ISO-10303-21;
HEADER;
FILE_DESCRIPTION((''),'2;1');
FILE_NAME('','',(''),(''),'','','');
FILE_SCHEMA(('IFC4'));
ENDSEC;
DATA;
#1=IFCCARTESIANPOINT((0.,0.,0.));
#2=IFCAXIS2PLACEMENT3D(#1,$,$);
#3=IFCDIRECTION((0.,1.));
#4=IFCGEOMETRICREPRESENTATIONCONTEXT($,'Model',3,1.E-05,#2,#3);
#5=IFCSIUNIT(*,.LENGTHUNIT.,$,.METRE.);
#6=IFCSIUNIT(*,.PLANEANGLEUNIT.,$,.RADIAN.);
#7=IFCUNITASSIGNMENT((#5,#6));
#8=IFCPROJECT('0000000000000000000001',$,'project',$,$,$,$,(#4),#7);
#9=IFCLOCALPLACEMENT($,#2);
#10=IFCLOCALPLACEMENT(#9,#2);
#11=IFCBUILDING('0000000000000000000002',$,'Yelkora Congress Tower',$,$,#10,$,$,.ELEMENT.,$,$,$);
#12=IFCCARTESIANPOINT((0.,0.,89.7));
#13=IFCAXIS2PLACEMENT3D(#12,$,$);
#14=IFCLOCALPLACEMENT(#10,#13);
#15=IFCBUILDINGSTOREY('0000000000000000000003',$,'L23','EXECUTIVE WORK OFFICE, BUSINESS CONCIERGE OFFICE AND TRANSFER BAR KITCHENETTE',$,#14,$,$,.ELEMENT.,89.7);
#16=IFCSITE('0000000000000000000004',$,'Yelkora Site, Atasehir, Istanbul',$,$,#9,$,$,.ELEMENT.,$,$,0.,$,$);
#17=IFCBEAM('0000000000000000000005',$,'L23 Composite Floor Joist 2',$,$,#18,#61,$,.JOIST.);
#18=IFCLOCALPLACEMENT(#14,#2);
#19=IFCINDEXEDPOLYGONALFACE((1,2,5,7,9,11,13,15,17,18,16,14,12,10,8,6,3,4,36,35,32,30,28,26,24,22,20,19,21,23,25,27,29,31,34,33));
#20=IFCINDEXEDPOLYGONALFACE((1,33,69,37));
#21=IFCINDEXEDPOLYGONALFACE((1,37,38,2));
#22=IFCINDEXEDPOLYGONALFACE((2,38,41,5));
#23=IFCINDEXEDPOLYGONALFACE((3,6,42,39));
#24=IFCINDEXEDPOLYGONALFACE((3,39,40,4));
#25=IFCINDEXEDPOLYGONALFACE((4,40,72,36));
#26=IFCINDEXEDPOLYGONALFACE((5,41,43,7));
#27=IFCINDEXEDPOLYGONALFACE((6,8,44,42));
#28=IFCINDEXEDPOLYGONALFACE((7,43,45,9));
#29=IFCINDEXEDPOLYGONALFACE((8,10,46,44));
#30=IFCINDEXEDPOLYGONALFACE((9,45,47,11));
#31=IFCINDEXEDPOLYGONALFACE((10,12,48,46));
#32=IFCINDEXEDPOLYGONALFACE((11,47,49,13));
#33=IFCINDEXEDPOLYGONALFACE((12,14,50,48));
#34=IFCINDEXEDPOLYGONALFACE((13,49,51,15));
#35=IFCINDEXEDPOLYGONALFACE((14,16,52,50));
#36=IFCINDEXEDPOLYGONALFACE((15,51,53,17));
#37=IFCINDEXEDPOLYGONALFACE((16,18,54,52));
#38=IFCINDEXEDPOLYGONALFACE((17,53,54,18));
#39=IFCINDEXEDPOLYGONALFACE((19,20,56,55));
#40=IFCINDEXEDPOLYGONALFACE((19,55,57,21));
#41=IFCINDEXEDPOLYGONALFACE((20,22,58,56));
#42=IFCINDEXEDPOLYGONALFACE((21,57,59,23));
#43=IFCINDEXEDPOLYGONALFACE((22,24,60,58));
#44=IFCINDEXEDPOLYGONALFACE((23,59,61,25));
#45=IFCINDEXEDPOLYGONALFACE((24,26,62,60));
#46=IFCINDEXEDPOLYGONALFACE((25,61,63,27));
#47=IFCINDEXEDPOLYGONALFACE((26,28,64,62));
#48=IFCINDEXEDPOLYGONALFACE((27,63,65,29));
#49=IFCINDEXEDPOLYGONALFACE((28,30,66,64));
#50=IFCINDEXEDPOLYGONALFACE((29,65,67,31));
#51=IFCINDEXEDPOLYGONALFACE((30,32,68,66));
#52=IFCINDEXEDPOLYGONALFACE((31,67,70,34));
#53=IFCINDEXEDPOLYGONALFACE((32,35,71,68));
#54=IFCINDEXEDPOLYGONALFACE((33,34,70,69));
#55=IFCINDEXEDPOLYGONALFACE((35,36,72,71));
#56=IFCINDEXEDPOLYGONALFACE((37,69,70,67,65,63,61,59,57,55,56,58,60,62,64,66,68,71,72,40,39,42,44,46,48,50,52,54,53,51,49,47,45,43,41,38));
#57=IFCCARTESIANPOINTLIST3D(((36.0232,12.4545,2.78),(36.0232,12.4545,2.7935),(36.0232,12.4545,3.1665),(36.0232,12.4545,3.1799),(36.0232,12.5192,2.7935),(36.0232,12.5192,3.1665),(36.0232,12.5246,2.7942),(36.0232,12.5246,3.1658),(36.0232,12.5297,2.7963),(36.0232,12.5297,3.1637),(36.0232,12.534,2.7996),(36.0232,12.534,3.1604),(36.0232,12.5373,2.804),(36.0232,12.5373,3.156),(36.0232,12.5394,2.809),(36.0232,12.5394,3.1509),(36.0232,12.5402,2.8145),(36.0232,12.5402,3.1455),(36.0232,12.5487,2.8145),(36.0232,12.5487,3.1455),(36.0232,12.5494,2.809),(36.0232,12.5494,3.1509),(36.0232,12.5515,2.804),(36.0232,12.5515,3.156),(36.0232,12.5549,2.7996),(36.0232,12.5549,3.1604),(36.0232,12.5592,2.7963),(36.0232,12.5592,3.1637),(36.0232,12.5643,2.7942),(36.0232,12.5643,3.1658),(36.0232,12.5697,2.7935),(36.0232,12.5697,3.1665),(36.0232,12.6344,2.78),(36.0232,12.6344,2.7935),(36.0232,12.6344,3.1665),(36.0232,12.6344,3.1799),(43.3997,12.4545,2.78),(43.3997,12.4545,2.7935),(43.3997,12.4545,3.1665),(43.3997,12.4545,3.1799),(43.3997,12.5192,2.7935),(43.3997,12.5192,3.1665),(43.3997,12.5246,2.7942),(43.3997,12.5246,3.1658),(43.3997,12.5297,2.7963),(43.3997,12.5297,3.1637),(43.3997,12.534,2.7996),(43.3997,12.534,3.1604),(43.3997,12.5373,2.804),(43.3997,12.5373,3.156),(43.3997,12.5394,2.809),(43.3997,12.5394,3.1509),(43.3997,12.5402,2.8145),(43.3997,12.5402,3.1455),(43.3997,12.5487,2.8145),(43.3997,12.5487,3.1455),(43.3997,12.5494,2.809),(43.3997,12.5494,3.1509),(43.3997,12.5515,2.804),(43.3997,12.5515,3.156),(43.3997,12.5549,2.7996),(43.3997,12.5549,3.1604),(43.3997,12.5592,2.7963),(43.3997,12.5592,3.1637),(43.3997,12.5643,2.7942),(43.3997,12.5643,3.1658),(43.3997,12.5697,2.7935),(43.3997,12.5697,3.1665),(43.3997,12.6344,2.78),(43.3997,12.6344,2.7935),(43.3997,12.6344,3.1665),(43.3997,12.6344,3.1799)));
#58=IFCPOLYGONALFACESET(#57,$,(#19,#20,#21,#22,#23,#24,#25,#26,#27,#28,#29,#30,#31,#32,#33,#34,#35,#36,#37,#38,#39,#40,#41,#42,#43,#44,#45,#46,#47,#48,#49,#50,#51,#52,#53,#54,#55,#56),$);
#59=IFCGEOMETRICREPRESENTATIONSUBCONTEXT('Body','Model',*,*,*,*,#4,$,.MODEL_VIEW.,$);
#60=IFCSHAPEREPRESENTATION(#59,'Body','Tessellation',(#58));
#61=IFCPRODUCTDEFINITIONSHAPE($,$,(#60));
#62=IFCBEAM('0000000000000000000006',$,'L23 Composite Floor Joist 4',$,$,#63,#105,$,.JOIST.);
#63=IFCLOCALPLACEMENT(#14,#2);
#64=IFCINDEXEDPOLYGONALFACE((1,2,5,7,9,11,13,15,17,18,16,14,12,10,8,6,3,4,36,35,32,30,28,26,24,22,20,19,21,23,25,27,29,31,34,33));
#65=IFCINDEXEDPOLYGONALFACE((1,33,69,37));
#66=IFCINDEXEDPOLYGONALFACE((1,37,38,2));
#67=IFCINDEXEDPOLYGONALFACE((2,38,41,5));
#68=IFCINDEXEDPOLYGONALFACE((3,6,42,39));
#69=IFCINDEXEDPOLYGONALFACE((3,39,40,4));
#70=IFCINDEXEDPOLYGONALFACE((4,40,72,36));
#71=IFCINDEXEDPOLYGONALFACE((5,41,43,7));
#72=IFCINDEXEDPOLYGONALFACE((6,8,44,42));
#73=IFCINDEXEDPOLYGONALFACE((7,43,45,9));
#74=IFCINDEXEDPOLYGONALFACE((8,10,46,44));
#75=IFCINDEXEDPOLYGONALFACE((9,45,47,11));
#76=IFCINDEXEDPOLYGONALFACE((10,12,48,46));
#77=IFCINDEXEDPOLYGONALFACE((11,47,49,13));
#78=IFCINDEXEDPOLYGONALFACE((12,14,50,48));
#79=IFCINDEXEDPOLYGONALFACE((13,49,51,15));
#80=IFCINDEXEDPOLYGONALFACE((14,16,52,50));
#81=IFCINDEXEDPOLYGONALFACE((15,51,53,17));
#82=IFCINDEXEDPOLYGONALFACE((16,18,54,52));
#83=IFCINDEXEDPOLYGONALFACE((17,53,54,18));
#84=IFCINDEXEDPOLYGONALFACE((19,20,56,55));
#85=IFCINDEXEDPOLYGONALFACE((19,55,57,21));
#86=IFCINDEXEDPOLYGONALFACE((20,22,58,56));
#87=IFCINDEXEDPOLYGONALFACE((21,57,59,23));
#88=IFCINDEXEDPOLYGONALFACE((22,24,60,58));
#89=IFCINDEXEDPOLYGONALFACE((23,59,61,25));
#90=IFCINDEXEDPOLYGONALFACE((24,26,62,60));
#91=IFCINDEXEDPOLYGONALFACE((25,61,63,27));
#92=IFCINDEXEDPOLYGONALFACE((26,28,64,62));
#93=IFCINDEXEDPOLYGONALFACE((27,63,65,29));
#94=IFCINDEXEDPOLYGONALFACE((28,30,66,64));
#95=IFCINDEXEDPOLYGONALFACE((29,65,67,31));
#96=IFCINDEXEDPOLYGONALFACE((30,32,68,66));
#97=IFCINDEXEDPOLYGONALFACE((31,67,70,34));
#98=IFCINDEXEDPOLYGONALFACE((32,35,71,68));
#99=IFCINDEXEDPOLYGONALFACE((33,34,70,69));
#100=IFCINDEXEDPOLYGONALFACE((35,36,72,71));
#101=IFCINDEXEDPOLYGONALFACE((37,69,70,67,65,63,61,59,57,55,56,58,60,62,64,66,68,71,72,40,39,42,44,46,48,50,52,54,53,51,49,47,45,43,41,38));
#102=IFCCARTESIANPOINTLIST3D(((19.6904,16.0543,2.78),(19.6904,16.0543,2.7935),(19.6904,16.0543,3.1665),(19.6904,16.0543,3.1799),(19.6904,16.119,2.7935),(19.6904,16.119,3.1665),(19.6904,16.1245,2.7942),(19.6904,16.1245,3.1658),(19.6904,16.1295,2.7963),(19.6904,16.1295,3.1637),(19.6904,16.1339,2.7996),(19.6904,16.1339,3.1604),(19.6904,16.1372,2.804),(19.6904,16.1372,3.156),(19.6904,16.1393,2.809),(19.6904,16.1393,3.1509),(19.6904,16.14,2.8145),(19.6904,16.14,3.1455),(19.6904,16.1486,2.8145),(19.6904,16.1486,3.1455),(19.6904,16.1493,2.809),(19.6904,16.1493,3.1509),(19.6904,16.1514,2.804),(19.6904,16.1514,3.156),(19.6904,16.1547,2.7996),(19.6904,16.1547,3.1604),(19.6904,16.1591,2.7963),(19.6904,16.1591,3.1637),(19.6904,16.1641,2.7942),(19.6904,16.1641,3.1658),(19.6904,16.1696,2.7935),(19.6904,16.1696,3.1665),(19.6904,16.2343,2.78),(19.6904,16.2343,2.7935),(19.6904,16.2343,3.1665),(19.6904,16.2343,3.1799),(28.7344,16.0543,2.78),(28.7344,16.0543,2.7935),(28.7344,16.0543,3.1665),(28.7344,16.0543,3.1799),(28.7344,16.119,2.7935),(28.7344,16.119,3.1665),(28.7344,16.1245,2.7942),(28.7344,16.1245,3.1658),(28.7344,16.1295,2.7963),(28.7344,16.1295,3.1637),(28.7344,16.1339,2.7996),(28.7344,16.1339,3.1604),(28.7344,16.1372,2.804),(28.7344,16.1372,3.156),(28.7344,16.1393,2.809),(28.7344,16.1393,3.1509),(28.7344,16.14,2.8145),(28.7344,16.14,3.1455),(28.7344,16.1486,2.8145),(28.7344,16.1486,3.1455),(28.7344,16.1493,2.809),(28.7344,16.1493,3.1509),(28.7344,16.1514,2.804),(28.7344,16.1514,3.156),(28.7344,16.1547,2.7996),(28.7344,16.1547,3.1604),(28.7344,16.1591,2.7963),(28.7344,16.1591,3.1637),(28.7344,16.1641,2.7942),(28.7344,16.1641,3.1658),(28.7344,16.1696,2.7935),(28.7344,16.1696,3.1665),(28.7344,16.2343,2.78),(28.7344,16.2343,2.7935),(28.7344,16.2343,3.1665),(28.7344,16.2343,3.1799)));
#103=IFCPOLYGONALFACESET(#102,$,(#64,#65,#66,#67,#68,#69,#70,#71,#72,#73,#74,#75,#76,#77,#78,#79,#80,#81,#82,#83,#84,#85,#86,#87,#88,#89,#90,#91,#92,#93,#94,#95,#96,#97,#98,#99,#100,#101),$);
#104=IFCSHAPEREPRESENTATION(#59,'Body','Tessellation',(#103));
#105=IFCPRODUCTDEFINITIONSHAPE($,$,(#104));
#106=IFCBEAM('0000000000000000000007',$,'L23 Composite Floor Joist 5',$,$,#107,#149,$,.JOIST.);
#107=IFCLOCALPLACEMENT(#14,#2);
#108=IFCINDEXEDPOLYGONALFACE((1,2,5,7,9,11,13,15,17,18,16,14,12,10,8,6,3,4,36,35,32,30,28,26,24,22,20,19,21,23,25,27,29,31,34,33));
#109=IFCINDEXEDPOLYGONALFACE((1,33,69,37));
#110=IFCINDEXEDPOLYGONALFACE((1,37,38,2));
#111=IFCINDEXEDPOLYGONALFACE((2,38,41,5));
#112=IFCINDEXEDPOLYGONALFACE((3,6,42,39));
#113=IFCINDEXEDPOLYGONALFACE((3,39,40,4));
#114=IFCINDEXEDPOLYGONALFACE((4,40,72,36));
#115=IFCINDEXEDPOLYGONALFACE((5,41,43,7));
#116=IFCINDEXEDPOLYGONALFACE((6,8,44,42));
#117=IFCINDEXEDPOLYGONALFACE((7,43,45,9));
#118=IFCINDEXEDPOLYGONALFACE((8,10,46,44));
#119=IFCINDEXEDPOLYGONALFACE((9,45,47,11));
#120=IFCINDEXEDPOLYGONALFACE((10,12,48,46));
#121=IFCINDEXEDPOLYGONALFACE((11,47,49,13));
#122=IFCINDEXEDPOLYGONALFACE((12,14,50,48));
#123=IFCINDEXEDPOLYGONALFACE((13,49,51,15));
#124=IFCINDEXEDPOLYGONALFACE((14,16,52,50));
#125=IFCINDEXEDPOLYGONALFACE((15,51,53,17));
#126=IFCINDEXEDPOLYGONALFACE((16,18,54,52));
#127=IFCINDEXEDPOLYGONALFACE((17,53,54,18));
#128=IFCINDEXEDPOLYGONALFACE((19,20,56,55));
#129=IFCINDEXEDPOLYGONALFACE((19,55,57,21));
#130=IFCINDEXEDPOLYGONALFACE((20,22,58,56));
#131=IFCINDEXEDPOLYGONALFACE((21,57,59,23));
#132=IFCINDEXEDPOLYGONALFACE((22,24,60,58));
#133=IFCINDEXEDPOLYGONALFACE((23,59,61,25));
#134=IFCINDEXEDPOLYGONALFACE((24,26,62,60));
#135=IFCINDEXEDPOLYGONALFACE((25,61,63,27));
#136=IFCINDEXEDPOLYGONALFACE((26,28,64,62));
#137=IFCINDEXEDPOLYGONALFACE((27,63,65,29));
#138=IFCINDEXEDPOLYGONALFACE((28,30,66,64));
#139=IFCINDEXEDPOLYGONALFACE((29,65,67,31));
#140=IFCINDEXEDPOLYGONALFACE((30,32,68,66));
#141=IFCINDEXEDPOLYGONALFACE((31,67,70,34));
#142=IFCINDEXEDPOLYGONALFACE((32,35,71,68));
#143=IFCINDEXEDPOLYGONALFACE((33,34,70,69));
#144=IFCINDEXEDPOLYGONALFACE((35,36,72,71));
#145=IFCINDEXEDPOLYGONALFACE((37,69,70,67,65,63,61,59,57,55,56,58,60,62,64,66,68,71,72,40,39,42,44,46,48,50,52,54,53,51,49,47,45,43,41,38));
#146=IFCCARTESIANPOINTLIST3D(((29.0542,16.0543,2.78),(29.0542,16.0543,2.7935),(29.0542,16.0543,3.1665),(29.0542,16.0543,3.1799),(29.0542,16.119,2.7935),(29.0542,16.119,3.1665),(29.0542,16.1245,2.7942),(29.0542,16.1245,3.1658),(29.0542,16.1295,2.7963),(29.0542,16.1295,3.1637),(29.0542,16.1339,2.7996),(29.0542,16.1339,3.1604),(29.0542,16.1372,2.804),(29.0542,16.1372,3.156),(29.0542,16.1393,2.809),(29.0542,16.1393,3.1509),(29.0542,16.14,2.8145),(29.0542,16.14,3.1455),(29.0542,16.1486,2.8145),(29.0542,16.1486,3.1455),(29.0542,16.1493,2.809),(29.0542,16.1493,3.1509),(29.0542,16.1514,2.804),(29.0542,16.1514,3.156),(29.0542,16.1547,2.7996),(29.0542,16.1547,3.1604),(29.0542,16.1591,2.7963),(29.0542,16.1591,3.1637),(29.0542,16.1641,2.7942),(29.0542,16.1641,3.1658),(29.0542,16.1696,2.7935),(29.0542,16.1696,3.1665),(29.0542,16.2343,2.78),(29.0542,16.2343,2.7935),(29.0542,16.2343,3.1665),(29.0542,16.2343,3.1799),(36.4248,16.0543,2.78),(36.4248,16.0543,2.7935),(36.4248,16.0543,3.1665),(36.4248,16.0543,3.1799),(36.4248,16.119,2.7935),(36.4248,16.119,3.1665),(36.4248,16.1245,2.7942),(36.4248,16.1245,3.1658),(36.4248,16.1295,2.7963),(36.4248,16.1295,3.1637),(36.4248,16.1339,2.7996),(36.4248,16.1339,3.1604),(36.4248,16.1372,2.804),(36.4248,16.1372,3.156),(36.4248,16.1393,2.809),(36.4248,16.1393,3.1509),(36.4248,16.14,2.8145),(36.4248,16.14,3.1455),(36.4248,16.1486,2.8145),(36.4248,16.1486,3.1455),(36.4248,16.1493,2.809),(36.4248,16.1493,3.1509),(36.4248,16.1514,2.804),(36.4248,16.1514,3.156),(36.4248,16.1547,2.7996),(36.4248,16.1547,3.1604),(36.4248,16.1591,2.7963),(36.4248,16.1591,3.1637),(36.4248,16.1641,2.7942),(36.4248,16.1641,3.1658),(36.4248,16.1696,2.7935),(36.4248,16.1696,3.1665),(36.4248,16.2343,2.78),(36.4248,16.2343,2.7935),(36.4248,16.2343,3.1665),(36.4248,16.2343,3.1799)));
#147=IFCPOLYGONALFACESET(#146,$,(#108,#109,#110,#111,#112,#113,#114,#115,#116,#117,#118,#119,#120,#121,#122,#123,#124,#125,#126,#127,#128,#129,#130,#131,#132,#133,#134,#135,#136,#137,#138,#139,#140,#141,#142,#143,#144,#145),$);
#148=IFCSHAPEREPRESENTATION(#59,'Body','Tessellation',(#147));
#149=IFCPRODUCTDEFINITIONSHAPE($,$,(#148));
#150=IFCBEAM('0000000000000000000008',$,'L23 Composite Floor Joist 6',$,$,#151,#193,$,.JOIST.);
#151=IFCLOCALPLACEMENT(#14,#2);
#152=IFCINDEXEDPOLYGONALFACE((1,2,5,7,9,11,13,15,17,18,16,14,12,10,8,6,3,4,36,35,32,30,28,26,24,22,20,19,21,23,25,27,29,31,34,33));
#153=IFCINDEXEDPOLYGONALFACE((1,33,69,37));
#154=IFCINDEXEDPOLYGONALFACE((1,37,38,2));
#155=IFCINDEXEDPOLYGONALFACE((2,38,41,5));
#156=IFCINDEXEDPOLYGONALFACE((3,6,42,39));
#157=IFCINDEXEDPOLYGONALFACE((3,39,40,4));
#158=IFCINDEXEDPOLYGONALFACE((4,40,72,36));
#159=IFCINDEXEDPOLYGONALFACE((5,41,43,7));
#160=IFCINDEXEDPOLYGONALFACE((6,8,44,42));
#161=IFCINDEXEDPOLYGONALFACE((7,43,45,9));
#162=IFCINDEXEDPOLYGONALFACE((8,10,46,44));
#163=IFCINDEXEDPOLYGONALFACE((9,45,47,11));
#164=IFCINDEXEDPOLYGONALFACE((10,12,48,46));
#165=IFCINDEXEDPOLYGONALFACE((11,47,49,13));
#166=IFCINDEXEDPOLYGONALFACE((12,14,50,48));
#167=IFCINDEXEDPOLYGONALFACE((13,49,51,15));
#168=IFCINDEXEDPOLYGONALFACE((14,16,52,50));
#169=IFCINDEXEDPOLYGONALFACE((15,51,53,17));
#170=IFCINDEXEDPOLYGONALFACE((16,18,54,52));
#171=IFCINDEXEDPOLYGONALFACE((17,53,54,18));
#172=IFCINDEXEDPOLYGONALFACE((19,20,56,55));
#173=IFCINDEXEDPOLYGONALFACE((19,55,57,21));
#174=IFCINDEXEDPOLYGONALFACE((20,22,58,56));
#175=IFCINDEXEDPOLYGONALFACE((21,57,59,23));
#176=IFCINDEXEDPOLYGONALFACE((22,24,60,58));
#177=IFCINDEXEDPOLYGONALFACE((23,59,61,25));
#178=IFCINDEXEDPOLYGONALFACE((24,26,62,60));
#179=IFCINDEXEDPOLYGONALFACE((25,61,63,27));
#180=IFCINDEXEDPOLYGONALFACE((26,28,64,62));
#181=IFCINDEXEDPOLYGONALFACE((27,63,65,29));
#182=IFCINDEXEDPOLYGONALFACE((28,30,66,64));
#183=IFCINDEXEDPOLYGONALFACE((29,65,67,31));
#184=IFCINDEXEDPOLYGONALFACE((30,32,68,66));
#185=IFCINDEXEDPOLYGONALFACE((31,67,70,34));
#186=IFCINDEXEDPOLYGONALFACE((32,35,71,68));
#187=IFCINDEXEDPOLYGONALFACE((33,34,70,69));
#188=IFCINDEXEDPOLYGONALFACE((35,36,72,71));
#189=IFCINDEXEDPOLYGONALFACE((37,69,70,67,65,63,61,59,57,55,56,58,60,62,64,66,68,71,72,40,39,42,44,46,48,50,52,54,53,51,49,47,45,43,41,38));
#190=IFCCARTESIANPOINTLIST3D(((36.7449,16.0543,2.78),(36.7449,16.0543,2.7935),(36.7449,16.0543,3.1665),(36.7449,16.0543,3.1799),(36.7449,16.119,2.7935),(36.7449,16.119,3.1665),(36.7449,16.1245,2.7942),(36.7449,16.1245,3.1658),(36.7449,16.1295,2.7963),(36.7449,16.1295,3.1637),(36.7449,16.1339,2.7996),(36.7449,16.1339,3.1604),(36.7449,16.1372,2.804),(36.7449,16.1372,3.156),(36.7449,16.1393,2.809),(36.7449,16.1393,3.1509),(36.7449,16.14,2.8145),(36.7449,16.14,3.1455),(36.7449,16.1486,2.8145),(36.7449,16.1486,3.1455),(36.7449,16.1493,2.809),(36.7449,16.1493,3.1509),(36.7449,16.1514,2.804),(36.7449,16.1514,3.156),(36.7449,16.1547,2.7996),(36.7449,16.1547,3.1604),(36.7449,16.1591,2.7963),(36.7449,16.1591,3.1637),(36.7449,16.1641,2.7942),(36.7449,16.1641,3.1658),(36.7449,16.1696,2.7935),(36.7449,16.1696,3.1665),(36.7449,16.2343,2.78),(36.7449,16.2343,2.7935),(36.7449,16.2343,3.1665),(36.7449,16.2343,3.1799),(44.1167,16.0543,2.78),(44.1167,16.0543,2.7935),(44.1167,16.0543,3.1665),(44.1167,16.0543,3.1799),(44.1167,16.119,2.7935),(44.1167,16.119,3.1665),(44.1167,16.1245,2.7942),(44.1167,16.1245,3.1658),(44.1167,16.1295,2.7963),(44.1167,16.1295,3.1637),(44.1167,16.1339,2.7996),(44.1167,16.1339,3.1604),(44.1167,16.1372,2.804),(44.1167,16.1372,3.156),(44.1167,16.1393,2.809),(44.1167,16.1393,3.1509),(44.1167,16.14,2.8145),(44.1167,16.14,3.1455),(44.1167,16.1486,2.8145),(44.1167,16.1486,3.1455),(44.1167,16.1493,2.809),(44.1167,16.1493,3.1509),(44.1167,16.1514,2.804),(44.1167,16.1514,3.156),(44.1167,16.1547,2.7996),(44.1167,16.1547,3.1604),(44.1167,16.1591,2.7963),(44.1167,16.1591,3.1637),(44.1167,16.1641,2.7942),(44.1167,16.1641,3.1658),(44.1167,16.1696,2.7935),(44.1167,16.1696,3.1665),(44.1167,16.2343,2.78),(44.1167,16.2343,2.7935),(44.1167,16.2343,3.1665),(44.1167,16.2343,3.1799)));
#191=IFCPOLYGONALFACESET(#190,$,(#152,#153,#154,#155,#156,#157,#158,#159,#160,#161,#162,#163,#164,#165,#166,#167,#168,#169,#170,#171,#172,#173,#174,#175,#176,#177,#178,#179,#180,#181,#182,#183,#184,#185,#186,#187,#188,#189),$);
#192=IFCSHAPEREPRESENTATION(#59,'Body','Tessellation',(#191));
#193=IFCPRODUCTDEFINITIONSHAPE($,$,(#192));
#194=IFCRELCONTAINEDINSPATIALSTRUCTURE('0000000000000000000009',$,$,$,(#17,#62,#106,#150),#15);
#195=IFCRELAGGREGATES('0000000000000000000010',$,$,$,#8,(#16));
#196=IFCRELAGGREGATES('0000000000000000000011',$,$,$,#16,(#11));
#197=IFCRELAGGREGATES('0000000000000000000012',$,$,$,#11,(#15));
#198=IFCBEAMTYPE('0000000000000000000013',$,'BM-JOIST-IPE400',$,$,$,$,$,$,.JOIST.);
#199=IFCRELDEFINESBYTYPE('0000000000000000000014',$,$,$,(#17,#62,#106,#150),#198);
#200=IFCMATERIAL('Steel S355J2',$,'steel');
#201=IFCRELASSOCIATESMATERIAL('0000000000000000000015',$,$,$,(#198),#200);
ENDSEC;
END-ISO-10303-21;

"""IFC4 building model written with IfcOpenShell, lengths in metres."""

from ifc_helpers import new_model, si_unit, direction, frame, origin, origin_2d, place, context, subcontext, project, spatial, i_section, extrude, material, material_profile, profile_set, type_object, element, save


model = new_model("IFC4")

# Units and contexts
model_context = context("Model", 3, precision=1e-05, world=origin(), true_north=direction((0.0, 1.0)))
body_context = subcontext(model_context, "Body", "Model", "MODEL_VIEW")
ifc_project = project(units=[si_unit("LENGTHUNIT", "METRE"), si_unit("PLANEANGLEUNIT", "RADIAN")], contexts=[model_context])

# Site, building, storey
site_placement = place(None, origin())
site = spatial("IfcSite", under=ifc_project, at=site_placement, Name="Yelkora Site, Atasehir, Istanbul", CompositionType="ELEMENT", RefElevation=0.0)
building_placement = place(site_placement, origin())
building = spatial("IfcBuilding", under=site, at=building_placement, Name="Yelkora Congress Tower", CompositionType="ELEMENT")
storey_placement = place(building_placement, frame((0.0, 0.0, 89.7)))
storey = spatial("IfcBuildingStorey", under=building, at=storey_placement, Name="L23", Description="EXECUTIVE WORK OFFICE, BUSINESS CONCIERGE OFFICE AND TRANSFER BAR KITCHENETTE", CompositionType="ELEMENT", Elevation=89.7)

# Beams
ifc_material_1 = material(Name="Steel S355J2", Category="steel")
ifc_material_profile_1 = material_profile(ifc_material_1, i_section(OverallWidth=0.1799, OverallDepth=0.3999, WebThickness=0.0085, FlangeThickness=0.0134, FilletRadius=0.021, at=origin_2d()), Name="IPE 400")
ifc_profile_set_1 = profile_set([ifc_material_profile_1], Name="Steel S355J2")
beam_type_1 = type_object("IfcBeamType", Name="BM-JOIST-IPE400", PredefinedType="JOIST", material=ifc_profile_set_1)
beam_1_placement = place(storey_placement, frame((36.0232, 12.5444, 2.98), z_axis=(1.0, 0.0, 0.0), x_axis=(0.0, 1.0, 0.0)))
element("IfcBeam", 1, at=beam_1_placement, inside=storey, type_object=beam_type_1, Name="L23 Composite Floor Joist 2", PredefinedType="JOIST", context=body_context, shape_type="SweptSolid", body=[
    extrude(i_section(OverallWidth=0.1799, OverallDepth=0.3999, WebThickness=0.0085, FlangeThickness=0.0134, FilletRadius=0.021, at=origin_2d()), origin(), (0.0, 0.0, 1.0), 7.3765),
])
beam_2_placement = place(storey_placement, frame((19.6904, 16.1443, 2.98), z_axis=(1.0, 0.0, 0.0), x_axis=(0.0, 1.0, 0.0)))
element("IfcBeam", 2, at=beam_2_placement, inside=storey, type_object=beam_type_1, Name="L23 Composite Floor Joist 4", PredefinedType="JOIST", context=body_context, shape_type="SweptSolid", body=[
    extrude(i_section(OverallWidth=0.1799, OverallDepth=0.3999, WebThickness=0.0085, FlangeThickness=0.0134, FilletRadius=0.021, at=origin_2d()), origin(), (0.0, 0.0, 1.0), 9.0439),
])
beam_3_placement = place(storey_placement, frame((29.0542, 16.1443, 2.98), z_axis=(1.0, 0.0, 0.0), x_axis=(0.0, 1.0, 0.0)))
element("IfcBeam", 3, at=beam_3_placement, inside=storey, type_object=beam_type_1, Name="L23 Composite Floor Joist 5", PredefinedType="JOIST", context=body_context, shape_type="SweptSolid", body=[
    extrude(i_section(OverallWidth=0.1799, OverallDepth=0.3999, WebThickness=0.0085, FlangeThickness=0.0134, FilletRadius=0.021, at=origin_2d()), origin(), (0.0, 0.0, 1.0), 7.3706),
])
beam_4_placement = place(storey_placement, frame((36.7449, 16.1443, 2.98), z_axis=(1.0, 0.0, 0.0), x_axis=(0.0, 1.0, 0.0)))
element("IfcBeam", 4, at=beam_4_placement, inside=storey, type_object=beam_type_1, Name="L23 Composite Floor Joist 6", PredefinedType="JOIST", context=body_context, shape_type="SweptSolid", body=[
    extrude(i_section(OverallWidth=0.1799, OverallDepth=0.3999, WebThickness=0.0085, FlangeThickness=0.0134, FilletRadius=0.021, at=origin_2d()), origin(), (0.0, 0.0, 1.0), 7.3718),
])

save(model, "model.ifc")
